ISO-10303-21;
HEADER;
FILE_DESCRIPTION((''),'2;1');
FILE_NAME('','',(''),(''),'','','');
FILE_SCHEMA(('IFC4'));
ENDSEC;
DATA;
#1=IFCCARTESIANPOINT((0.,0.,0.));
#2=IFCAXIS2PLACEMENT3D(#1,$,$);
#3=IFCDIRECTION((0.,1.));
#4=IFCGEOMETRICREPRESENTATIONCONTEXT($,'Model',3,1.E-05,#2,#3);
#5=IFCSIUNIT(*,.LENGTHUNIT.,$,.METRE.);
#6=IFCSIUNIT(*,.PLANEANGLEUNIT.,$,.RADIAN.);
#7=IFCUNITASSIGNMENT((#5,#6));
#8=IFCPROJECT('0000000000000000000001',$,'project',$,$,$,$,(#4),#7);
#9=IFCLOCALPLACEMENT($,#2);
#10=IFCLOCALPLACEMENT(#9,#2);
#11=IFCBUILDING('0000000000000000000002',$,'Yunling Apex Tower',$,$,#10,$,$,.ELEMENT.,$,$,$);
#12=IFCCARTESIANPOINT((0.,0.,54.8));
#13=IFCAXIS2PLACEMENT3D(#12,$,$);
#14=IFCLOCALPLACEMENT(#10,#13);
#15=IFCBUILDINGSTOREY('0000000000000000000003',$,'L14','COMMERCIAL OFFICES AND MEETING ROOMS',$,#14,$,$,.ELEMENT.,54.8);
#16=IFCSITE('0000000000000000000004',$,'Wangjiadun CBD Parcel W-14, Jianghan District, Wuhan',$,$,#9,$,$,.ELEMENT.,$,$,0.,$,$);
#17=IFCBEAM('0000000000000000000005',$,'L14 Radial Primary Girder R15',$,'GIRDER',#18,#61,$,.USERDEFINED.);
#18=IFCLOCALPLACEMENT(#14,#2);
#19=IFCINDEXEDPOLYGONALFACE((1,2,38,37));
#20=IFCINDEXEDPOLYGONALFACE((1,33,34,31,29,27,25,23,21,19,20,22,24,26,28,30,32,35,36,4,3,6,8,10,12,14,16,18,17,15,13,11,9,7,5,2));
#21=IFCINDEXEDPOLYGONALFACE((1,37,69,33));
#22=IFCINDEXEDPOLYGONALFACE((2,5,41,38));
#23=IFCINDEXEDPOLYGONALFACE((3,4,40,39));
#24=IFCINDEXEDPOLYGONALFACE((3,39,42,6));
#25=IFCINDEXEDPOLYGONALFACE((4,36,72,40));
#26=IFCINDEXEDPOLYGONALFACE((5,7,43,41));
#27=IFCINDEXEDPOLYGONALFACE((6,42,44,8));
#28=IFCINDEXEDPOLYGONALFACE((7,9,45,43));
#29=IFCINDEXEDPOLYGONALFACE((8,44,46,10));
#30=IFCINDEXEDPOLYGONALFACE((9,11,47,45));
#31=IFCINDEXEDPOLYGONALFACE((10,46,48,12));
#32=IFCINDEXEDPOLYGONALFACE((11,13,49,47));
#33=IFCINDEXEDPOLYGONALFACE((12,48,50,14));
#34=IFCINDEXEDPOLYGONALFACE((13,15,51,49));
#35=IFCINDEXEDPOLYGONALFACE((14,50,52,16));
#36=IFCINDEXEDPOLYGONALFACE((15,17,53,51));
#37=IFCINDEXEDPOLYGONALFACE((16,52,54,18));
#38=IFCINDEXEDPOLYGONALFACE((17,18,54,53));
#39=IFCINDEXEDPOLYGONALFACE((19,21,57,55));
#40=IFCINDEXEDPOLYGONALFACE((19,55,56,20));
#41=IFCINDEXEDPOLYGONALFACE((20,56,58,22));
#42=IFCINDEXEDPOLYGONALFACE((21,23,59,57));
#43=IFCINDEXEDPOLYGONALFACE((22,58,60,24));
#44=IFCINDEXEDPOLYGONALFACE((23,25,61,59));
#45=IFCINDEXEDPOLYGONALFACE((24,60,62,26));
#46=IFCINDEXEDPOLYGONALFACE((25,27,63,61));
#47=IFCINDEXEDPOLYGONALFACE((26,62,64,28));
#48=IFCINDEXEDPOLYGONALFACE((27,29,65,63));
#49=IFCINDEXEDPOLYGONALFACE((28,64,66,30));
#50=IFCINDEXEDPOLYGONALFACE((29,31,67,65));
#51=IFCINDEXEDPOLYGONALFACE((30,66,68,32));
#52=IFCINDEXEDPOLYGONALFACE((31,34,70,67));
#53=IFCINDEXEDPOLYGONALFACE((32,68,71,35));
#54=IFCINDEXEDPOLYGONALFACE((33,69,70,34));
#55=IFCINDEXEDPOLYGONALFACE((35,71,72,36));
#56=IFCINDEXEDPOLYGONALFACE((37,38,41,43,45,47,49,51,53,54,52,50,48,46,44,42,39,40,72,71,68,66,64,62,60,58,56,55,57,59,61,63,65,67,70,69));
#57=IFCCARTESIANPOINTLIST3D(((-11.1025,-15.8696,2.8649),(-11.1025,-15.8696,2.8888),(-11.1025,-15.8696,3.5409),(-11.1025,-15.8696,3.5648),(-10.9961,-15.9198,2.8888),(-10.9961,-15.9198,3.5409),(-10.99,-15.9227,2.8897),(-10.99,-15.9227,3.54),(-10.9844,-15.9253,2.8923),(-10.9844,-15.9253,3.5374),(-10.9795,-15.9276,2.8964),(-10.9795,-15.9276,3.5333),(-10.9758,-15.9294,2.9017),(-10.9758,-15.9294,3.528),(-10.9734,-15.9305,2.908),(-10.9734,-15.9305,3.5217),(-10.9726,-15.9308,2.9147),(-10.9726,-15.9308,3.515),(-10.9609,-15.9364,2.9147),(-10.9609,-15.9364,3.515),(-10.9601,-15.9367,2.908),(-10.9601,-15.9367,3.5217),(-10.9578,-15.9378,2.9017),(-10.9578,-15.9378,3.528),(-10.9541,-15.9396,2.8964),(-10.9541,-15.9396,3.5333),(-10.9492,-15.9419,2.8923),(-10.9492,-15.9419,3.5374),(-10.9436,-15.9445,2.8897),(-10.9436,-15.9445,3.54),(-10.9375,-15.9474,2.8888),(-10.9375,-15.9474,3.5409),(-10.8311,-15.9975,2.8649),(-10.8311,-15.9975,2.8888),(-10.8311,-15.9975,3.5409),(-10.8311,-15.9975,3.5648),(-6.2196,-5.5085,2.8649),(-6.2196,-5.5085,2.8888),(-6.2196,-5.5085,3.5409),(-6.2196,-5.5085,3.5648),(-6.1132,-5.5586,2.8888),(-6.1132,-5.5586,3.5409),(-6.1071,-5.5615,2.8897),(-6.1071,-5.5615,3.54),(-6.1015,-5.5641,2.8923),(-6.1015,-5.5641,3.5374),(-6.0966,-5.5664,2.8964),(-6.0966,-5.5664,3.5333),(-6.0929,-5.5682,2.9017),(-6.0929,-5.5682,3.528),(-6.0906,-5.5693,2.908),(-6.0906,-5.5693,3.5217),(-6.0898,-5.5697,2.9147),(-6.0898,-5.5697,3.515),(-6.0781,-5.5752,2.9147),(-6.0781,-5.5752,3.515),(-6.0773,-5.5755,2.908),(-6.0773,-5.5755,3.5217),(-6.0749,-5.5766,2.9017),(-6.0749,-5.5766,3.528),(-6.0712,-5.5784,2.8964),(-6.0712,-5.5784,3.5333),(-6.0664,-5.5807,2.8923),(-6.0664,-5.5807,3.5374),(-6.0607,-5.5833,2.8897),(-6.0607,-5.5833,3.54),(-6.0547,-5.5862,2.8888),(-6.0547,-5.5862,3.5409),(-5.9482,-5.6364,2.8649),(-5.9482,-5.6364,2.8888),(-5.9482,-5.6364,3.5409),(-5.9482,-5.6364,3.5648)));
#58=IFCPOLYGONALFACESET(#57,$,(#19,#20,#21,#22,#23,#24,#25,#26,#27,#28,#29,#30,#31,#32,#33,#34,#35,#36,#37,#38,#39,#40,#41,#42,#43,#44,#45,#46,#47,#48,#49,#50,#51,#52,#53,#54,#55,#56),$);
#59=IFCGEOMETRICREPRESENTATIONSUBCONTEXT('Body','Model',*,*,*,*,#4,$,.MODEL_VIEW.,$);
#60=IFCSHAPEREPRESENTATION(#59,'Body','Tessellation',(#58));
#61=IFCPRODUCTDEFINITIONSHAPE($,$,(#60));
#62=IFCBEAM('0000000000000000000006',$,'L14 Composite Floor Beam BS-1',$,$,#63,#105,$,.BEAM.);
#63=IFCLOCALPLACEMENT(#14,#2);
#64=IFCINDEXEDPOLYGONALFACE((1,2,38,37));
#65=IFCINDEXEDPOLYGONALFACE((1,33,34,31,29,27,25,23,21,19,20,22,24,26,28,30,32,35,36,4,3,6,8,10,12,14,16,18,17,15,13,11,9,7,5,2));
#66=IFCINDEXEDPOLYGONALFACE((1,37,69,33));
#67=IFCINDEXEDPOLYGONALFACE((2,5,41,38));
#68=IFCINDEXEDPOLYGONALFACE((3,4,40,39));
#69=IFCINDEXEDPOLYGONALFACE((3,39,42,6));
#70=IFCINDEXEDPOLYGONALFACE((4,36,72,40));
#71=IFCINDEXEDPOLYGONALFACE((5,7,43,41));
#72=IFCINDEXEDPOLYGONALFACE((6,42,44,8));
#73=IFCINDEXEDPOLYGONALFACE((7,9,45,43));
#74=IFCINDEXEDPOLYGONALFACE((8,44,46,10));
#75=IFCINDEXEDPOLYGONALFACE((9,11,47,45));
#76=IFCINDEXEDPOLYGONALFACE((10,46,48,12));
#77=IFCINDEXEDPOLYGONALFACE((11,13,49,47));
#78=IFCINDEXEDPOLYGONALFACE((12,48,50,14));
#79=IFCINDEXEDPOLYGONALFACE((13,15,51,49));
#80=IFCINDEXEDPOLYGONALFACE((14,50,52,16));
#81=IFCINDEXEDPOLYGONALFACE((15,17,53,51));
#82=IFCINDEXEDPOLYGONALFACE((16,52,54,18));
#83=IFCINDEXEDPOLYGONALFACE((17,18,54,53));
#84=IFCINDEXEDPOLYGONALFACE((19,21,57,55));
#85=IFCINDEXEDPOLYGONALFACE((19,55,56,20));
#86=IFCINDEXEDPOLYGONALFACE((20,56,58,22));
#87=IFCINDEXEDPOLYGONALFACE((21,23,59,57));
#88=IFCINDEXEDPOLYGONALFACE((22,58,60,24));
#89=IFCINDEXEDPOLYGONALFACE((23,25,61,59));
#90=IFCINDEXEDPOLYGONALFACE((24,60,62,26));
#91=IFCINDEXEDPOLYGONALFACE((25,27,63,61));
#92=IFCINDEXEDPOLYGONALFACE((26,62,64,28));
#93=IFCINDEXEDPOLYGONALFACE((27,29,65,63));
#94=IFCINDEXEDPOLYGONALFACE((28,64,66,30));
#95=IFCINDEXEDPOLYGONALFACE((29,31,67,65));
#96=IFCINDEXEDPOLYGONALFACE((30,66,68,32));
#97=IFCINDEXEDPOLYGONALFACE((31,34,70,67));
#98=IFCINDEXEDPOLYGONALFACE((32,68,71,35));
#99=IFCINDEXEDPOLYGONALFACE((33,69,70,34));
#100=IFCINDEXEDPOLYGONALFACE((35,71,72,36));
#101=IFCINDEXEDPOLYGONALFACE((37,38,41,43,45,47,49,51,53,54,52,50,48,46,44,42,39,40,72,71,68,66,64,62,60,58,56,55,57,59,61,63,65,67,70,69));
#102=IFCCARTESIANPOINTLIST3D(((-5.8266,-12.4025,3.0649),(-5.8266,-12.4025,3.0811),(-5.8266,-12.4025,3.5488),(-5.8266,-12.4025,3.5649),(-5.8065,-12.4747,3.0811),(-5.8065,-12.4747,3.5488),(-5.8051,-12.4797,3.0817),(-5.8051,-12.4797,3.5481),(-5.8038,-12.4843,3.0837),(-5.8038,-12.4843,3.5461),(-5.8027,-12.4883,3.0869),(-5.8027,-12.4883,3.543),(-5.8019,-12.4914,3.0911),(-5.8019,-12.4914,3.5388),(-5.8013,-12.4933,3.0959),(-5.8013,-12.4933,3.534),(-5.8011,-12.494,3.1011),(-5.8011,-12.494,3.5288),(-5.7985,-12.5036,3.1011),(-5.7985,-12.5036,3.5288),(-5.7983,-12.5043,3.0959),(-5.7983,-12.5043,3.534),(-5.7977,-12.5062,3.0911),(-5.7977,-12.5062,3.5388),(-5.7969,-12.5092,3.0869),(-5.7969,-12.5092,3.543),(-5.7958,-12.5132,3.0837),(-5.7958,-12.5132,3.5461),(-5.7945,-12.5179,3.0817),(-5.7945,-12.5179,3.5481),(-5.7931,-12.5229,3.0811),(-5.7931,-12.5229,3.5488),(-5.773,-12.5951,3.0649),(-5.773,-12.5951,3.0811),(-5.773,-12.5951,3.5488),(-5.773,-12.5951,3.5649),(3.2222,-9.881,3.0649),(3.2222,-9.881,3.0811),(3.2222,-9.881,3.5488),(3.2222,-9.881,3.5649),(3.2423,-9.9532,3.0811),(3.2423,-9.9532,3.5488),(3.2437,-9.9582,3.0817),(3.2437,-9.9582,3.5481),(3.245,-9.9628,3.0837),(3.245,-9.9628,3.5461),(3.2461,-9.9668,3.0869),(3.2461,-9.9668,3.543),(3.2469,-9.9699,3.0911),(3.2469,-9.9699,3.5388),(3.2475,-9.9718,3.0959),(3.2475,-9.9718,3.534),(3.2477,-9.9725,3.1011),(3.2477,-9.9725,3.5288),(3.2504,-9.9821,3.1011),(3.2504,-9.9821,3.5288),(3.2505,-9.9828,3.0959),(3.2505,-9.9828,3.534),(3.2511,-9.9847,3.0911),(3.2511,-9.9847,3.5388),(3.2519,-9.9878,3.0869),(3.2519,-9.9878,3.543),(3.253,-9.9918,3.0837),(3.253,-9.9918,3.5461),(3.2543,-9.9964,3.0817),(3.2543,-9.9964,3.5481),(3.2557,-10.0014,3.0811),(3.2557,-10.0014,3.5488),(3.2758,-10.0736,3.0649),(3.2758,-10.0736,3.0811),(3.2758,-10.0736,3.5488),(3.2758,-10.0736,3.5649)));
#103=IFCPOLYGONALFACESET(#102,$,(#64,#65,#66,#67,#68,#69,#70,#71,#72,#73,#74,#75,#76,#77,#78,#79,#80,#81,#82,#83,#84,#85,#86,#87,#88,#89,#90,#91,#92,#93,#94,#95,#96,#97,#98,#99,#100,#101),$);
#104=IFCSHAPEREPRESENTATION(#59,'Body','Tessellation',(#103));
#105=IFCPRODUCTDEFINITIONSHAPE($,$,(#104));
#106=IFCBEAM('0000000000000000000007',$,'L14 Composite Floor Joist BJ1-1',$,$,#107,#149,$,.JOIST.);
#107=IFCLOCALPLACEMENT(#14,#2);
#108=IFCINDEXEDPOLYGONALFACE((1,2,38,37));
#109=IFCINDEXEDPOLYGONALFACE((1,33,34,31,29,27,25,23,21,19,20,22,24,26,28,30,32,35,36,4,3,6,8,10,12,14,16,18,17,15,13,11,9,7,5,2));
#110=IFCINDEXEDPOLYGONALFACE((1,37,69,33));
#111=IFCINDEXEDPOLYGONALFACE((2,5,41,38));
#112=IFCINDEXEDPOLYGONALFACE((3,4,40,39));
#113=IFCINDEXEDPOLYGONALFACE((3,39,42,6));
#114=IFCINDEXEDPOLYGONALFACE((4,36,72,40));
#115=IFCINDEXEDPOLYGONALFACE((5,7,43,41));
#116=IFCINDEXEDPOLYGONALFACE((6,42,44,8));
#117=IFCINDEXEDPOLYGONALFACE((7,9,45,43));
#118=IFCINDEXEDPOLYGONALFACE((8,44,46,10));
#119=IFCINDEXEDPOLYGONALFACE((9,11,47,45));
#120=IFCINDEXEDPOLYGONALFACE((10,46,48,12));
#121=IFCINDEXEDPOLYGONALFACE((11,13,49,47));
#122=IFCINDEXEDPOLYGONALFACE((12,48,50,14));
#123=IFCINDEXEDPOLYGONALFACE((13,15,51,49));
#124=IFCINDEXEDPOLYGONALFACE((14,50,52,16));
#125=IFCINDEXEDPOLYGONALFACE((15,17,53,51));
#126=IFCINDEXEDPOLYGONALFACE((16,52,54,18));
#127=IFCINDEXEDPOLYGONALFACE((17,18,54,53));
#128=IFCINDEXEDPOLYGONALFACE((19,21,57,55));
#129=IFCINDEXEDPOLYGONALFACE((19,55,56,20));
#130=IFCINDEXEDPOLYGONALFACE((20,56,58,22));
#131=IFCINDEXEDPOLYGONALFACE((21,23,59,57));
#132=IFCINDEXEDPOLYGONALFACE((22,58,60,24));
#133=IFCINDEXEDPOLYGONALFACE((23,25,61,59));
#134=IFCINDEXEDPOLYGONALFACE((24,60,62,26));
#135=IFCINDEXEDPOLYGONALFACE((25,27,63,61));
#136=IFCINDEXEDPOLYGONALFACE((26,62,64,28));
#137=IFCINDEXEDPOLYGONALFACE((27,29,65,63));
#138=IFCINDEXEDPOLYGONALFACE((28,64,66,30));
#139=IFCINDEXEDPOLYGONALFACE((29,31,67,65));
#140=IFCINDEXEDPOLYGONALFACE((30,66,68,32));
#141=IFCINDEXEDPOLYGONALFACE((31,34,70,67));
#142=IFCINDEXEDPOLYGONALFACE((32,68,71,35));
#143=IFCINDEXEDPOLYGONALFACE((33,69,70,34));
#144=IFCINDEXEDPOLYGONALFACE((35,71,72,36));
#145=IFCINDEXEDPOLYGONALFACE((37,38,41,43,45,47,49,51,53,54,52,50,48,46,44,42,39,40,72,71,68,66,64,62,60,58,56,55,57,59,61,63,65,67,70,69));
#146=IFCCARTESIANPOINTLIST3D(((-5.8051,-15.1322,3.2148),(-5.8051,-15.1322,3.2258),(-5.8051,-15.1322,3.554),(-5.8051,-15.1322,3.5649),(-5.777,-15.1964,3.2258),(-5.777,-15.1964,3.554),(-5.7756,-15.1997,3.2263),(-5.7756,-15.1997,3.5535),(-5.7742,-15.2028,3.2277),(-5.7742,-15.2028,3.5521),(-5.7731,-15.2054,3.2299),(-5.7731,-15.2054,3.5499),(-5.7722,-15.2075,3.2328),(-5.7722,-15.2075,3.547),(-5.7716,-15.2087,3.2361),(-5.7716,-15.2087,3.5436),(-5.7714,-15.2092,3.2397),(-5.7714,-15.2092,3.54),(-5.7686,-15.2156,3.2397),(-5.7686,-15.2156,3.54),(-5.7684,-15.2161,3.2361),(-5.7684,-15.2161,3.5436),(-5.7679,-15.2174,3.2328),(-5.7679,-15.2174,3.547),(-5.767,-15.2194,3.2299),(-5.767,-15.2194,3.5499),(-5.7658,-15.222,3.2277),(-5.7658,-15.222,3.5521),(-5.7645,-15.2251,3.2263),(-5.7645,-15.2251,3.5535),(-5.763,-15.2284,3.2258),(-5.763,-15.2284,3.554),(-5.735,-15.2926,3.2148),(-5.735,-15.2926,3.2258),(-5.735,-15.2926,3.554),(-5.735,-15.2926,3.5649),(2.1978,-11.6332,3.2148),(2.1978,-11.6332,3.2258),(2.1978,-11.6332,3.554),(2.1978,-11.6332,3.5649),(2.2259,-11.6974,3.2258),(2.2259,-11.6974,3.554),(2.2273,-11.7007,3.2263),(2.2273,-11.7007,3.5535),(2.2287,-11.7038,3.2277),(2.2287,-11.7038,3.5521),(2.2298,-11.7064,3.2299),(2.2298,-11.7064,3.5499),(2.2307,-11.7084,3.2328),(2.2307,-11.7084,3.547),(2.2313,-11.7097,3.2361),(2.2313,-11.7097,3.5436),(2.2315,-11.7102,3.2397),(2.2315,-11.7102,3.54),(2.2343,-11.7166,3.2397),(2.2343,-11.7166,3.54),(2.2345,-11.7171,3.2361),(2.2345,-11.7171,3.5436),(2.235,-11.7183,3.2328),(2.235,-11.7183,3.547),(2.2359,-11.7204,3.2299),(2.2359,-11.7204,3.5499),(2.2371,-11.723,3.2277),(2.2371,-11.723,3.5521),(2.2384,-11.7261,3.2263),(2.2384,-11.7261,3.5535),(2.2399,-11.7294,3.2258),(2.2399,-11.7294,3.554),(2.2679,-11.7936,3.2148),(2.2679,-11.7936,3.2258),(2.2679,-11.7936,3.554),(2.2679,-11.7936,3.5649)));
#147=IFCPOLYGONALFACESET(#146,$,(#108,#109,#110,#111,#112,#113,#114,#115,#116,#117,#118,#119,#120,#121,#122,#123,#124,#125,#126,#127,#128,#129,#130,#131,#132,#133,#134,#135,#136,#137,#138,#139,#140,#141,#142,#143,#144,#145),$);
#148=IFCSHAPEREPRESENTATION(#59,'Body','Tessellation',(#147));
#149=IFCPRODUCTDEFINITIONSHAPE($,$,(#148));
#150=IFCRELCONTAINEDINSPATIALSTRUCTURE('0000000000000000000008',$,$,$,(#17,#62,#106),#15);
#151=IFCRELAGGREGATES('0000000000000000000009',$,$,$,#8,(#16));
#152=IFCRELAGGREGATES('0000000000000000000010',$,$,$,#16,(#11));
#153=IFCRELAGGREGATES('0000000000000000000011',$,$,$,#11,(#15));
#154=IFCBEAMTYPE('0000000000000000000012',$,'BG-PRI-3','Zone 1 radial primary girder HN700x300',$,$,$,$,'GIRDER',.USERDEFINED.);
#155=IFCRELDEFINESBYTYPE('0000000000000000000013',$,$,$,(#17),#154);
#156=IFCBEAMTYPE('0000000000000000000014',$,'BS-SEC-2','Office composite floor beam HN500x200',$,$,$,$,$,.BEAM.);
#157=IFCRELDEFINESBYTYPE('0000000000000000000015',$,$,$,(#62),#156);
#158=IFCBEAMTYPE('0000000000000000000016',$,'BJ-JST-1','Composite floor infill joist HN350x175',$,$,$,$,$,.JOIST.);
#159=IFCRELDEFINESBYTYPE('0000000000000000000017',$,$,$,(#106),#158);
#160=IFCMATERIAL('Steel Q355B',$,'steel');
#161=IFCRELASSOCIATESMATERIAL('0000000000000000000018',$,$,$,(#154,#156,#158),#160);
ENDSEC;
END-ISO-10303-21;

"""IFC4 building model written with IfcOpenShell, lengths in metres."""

from ifc_helpers import new_model, si_unit, direction, frame, origin, origin_2d, place, context, subcontext, project, spatial, i_section, extrude, source, transform, mapped, material, material_profile, profile_set, type_object, element, save


model = new_model("IFC4")

# Units and contexts
model_context = context("Model", 3, precision=1e-05, world=origin(), true_north=direction((0.0, 1.0)))
body_context = subcontext(model_context, "Body", "Model", "MODEL_VIEW")
ifc_project = project(units=[si_unit("LENGTHUNIT", "METRE"), si_unit("PLANEANGLEUNIT", "RADIAN")], contexts=[model_context])

# Site, building, storey
site_placement = place(None, origin())
site = spatial("IfcSite", under=ifc_project, at=site_placement, Name="Wangjiadun CBD Parcel W-14, Jianghan District, Wuhan", CompositionType="ELEMENT", RefElevation=0.0)
building_placement = place(site_placement, origin())
building = spatial("IfcBuilding", under=site, at=building_placement, Name="Yunling Apex Tower", CompositionType="ELEMENT")
storey_placement = place(building_placement, frame((0.0, 0.0, 54.8)))
storey = spatial("IfcBuildingStorey", under=building, at=storey_placement, Name="L14", Description="COMMERCIAL OFFICES AND MEETING ROOMS", CompositionType="ELEMENT", Elevation=54.8)

# Beams
ifc_material_1 = material(Name="Steel Q355B", Category="steel")
ifc_material_profile_1 = material_profile(ifc_material_1, i_section(OverallWidth=0.3, OverallDepth=0.7, WebThickness=0.0129, FlangeThickness=0.0239, FilletRadius=0.0259, at=origin_2d()))
ifc_profile_set_1 = profile_set([ifc_material_profile_1], Name="Steel Q355B")
beam_type_1 = type_object("IfcBeamType", Name="BG-PRI-3", Description="Zone 1 radial primary girder HN700x300", ElementType="GIRDER", PredefinedType="USERDEFINED", material=ifc_profile_set_1)
shared_shape_1 = source(origin(), body_context, "Body", "SweptSolid", [
    extrude(i_section(OverallWidth=0.3, OverallDepth=0.7, WebThickness=0.0129, FlangeThickness=0.0239, FilletRadius=0.0259, at=origin_2d()), origin(), (0.0, 0.0, 1.0), 11.4541),
])
beam_1_placement = place(storey_placement, frame((-10.9668, -15.9336, 3.2148), z_axis=(0.426298, 0.904583, 0.0), x_axis=(-0.904583, 0.426298, 0.0)))
element("IfcBeam", 1, at=beam_1_placement, inside=storey, type_object=beam_type_1, Name="L14 Radial Primary Girder R15", ObjectType="GIRDER", PredefinedType="USERDEFINED", context=body_context, shape_type="MappedRepresentation", body=[
    mapped(shared_shape_1, transform((0.0, 0.0, 0.0), scale=1.0)),
])
ifc_material_profile_2 = material_profile(ifc_material_1, i_section(OverallWidth=0.2, OverallDepth=0.5, WebThickness=0.01, FlangeThickness=0.0161, FilletRadius=0.02, at=origin_2d()))
ifc_profile_set_2 = profile_set([ifc_material_profile_2], Name="Steel Q355B")
beam_type_2 = type_object("IfcBeamType", Name="BS-SEC-2", Description="Office composite floor beam HN500x200", PredefinedType="BEAM", material=ifc_profile_set_2)
shared_shape_2 = source(origin(), body_context, "Body", "SweptSolid", [
    extrude(i_section(OverallWidth=0.2, OverallDepth=0.5, WebThickness=0.01, FlangeThickness=0.0161, FilletRadius=0.02, at=origin_2d()), origin(), (0.0, 0.0, 1.0), 9.3936),
])
beam_2_placement = place(storey_placement, frame((-5.7998, -12.4988, 3.3149), z_axis=(0.9633, 0.268427, 0.0), x_axis=(-0.268427, 0.9633, 0.0)))
element("IfcBeam", 2, at=beam_2_placement, inside=storey, type_object=beam_type_2, Name="L14 Composite Floor Beam BS-1", PredefinedType="BEAM", context=body_context, shape_type="MappedRepresentation", body=[
    mapped(shared_shape_2, transform((0.0, 0.0, 0.0), scale=1.0)),
])
ifc_material_profile_3 = material_profile(ifc_material_1, i_section(OverallWidth=0.175, OverallDepth=0.3501, WebThickness=0.0071, FlangeThickness=0.011, FilletRadius=0.0139, at=origin_2d()))
ifc_profile_set_3 = profile_set([ifc_material_profile_3], Name="Steel Q355B")
beam_type_3 = type_object("IfcBeamType", Name="BJ-JST-1", Description="Composite floor infill joist HN350x175", PredefinedType="JOIST", material=ifc_profile_set_3)
shared_shape_3 = source(origin(), body_context, "Body", "SweptSolid", [
    extrude(i_section(OverallWidth=0.175, OverallDepth=0.3501, WebThickness=0.0071, FlangeThickness=0.011, FilletRadius=0.0139, at=origin_2d()), origin(), (0.0, 0.0, 1.0), 8.7344),
])
beam_3_placement = place(storey_placement, frame((-5.77, -15.2124, 3.3899), z_axis=(0.916252, 0.400602, 0.0), x_axis=(-0.400602, 0.916252, 0.0)))
element("IfcBeam", 3, at=beam_3_placement, inside=storey, type_object=beam_type_3, Name="L14 Composite Floor Joist BJ1-1", PredefinedType="JOIST", context=body_context, shape_type="MappedRepresentation", body=[
    mapped(shared_shape_3, transform((0.0, 0.0, 0.0), scale=1.0)),
])

save(model, "model.ifc")
